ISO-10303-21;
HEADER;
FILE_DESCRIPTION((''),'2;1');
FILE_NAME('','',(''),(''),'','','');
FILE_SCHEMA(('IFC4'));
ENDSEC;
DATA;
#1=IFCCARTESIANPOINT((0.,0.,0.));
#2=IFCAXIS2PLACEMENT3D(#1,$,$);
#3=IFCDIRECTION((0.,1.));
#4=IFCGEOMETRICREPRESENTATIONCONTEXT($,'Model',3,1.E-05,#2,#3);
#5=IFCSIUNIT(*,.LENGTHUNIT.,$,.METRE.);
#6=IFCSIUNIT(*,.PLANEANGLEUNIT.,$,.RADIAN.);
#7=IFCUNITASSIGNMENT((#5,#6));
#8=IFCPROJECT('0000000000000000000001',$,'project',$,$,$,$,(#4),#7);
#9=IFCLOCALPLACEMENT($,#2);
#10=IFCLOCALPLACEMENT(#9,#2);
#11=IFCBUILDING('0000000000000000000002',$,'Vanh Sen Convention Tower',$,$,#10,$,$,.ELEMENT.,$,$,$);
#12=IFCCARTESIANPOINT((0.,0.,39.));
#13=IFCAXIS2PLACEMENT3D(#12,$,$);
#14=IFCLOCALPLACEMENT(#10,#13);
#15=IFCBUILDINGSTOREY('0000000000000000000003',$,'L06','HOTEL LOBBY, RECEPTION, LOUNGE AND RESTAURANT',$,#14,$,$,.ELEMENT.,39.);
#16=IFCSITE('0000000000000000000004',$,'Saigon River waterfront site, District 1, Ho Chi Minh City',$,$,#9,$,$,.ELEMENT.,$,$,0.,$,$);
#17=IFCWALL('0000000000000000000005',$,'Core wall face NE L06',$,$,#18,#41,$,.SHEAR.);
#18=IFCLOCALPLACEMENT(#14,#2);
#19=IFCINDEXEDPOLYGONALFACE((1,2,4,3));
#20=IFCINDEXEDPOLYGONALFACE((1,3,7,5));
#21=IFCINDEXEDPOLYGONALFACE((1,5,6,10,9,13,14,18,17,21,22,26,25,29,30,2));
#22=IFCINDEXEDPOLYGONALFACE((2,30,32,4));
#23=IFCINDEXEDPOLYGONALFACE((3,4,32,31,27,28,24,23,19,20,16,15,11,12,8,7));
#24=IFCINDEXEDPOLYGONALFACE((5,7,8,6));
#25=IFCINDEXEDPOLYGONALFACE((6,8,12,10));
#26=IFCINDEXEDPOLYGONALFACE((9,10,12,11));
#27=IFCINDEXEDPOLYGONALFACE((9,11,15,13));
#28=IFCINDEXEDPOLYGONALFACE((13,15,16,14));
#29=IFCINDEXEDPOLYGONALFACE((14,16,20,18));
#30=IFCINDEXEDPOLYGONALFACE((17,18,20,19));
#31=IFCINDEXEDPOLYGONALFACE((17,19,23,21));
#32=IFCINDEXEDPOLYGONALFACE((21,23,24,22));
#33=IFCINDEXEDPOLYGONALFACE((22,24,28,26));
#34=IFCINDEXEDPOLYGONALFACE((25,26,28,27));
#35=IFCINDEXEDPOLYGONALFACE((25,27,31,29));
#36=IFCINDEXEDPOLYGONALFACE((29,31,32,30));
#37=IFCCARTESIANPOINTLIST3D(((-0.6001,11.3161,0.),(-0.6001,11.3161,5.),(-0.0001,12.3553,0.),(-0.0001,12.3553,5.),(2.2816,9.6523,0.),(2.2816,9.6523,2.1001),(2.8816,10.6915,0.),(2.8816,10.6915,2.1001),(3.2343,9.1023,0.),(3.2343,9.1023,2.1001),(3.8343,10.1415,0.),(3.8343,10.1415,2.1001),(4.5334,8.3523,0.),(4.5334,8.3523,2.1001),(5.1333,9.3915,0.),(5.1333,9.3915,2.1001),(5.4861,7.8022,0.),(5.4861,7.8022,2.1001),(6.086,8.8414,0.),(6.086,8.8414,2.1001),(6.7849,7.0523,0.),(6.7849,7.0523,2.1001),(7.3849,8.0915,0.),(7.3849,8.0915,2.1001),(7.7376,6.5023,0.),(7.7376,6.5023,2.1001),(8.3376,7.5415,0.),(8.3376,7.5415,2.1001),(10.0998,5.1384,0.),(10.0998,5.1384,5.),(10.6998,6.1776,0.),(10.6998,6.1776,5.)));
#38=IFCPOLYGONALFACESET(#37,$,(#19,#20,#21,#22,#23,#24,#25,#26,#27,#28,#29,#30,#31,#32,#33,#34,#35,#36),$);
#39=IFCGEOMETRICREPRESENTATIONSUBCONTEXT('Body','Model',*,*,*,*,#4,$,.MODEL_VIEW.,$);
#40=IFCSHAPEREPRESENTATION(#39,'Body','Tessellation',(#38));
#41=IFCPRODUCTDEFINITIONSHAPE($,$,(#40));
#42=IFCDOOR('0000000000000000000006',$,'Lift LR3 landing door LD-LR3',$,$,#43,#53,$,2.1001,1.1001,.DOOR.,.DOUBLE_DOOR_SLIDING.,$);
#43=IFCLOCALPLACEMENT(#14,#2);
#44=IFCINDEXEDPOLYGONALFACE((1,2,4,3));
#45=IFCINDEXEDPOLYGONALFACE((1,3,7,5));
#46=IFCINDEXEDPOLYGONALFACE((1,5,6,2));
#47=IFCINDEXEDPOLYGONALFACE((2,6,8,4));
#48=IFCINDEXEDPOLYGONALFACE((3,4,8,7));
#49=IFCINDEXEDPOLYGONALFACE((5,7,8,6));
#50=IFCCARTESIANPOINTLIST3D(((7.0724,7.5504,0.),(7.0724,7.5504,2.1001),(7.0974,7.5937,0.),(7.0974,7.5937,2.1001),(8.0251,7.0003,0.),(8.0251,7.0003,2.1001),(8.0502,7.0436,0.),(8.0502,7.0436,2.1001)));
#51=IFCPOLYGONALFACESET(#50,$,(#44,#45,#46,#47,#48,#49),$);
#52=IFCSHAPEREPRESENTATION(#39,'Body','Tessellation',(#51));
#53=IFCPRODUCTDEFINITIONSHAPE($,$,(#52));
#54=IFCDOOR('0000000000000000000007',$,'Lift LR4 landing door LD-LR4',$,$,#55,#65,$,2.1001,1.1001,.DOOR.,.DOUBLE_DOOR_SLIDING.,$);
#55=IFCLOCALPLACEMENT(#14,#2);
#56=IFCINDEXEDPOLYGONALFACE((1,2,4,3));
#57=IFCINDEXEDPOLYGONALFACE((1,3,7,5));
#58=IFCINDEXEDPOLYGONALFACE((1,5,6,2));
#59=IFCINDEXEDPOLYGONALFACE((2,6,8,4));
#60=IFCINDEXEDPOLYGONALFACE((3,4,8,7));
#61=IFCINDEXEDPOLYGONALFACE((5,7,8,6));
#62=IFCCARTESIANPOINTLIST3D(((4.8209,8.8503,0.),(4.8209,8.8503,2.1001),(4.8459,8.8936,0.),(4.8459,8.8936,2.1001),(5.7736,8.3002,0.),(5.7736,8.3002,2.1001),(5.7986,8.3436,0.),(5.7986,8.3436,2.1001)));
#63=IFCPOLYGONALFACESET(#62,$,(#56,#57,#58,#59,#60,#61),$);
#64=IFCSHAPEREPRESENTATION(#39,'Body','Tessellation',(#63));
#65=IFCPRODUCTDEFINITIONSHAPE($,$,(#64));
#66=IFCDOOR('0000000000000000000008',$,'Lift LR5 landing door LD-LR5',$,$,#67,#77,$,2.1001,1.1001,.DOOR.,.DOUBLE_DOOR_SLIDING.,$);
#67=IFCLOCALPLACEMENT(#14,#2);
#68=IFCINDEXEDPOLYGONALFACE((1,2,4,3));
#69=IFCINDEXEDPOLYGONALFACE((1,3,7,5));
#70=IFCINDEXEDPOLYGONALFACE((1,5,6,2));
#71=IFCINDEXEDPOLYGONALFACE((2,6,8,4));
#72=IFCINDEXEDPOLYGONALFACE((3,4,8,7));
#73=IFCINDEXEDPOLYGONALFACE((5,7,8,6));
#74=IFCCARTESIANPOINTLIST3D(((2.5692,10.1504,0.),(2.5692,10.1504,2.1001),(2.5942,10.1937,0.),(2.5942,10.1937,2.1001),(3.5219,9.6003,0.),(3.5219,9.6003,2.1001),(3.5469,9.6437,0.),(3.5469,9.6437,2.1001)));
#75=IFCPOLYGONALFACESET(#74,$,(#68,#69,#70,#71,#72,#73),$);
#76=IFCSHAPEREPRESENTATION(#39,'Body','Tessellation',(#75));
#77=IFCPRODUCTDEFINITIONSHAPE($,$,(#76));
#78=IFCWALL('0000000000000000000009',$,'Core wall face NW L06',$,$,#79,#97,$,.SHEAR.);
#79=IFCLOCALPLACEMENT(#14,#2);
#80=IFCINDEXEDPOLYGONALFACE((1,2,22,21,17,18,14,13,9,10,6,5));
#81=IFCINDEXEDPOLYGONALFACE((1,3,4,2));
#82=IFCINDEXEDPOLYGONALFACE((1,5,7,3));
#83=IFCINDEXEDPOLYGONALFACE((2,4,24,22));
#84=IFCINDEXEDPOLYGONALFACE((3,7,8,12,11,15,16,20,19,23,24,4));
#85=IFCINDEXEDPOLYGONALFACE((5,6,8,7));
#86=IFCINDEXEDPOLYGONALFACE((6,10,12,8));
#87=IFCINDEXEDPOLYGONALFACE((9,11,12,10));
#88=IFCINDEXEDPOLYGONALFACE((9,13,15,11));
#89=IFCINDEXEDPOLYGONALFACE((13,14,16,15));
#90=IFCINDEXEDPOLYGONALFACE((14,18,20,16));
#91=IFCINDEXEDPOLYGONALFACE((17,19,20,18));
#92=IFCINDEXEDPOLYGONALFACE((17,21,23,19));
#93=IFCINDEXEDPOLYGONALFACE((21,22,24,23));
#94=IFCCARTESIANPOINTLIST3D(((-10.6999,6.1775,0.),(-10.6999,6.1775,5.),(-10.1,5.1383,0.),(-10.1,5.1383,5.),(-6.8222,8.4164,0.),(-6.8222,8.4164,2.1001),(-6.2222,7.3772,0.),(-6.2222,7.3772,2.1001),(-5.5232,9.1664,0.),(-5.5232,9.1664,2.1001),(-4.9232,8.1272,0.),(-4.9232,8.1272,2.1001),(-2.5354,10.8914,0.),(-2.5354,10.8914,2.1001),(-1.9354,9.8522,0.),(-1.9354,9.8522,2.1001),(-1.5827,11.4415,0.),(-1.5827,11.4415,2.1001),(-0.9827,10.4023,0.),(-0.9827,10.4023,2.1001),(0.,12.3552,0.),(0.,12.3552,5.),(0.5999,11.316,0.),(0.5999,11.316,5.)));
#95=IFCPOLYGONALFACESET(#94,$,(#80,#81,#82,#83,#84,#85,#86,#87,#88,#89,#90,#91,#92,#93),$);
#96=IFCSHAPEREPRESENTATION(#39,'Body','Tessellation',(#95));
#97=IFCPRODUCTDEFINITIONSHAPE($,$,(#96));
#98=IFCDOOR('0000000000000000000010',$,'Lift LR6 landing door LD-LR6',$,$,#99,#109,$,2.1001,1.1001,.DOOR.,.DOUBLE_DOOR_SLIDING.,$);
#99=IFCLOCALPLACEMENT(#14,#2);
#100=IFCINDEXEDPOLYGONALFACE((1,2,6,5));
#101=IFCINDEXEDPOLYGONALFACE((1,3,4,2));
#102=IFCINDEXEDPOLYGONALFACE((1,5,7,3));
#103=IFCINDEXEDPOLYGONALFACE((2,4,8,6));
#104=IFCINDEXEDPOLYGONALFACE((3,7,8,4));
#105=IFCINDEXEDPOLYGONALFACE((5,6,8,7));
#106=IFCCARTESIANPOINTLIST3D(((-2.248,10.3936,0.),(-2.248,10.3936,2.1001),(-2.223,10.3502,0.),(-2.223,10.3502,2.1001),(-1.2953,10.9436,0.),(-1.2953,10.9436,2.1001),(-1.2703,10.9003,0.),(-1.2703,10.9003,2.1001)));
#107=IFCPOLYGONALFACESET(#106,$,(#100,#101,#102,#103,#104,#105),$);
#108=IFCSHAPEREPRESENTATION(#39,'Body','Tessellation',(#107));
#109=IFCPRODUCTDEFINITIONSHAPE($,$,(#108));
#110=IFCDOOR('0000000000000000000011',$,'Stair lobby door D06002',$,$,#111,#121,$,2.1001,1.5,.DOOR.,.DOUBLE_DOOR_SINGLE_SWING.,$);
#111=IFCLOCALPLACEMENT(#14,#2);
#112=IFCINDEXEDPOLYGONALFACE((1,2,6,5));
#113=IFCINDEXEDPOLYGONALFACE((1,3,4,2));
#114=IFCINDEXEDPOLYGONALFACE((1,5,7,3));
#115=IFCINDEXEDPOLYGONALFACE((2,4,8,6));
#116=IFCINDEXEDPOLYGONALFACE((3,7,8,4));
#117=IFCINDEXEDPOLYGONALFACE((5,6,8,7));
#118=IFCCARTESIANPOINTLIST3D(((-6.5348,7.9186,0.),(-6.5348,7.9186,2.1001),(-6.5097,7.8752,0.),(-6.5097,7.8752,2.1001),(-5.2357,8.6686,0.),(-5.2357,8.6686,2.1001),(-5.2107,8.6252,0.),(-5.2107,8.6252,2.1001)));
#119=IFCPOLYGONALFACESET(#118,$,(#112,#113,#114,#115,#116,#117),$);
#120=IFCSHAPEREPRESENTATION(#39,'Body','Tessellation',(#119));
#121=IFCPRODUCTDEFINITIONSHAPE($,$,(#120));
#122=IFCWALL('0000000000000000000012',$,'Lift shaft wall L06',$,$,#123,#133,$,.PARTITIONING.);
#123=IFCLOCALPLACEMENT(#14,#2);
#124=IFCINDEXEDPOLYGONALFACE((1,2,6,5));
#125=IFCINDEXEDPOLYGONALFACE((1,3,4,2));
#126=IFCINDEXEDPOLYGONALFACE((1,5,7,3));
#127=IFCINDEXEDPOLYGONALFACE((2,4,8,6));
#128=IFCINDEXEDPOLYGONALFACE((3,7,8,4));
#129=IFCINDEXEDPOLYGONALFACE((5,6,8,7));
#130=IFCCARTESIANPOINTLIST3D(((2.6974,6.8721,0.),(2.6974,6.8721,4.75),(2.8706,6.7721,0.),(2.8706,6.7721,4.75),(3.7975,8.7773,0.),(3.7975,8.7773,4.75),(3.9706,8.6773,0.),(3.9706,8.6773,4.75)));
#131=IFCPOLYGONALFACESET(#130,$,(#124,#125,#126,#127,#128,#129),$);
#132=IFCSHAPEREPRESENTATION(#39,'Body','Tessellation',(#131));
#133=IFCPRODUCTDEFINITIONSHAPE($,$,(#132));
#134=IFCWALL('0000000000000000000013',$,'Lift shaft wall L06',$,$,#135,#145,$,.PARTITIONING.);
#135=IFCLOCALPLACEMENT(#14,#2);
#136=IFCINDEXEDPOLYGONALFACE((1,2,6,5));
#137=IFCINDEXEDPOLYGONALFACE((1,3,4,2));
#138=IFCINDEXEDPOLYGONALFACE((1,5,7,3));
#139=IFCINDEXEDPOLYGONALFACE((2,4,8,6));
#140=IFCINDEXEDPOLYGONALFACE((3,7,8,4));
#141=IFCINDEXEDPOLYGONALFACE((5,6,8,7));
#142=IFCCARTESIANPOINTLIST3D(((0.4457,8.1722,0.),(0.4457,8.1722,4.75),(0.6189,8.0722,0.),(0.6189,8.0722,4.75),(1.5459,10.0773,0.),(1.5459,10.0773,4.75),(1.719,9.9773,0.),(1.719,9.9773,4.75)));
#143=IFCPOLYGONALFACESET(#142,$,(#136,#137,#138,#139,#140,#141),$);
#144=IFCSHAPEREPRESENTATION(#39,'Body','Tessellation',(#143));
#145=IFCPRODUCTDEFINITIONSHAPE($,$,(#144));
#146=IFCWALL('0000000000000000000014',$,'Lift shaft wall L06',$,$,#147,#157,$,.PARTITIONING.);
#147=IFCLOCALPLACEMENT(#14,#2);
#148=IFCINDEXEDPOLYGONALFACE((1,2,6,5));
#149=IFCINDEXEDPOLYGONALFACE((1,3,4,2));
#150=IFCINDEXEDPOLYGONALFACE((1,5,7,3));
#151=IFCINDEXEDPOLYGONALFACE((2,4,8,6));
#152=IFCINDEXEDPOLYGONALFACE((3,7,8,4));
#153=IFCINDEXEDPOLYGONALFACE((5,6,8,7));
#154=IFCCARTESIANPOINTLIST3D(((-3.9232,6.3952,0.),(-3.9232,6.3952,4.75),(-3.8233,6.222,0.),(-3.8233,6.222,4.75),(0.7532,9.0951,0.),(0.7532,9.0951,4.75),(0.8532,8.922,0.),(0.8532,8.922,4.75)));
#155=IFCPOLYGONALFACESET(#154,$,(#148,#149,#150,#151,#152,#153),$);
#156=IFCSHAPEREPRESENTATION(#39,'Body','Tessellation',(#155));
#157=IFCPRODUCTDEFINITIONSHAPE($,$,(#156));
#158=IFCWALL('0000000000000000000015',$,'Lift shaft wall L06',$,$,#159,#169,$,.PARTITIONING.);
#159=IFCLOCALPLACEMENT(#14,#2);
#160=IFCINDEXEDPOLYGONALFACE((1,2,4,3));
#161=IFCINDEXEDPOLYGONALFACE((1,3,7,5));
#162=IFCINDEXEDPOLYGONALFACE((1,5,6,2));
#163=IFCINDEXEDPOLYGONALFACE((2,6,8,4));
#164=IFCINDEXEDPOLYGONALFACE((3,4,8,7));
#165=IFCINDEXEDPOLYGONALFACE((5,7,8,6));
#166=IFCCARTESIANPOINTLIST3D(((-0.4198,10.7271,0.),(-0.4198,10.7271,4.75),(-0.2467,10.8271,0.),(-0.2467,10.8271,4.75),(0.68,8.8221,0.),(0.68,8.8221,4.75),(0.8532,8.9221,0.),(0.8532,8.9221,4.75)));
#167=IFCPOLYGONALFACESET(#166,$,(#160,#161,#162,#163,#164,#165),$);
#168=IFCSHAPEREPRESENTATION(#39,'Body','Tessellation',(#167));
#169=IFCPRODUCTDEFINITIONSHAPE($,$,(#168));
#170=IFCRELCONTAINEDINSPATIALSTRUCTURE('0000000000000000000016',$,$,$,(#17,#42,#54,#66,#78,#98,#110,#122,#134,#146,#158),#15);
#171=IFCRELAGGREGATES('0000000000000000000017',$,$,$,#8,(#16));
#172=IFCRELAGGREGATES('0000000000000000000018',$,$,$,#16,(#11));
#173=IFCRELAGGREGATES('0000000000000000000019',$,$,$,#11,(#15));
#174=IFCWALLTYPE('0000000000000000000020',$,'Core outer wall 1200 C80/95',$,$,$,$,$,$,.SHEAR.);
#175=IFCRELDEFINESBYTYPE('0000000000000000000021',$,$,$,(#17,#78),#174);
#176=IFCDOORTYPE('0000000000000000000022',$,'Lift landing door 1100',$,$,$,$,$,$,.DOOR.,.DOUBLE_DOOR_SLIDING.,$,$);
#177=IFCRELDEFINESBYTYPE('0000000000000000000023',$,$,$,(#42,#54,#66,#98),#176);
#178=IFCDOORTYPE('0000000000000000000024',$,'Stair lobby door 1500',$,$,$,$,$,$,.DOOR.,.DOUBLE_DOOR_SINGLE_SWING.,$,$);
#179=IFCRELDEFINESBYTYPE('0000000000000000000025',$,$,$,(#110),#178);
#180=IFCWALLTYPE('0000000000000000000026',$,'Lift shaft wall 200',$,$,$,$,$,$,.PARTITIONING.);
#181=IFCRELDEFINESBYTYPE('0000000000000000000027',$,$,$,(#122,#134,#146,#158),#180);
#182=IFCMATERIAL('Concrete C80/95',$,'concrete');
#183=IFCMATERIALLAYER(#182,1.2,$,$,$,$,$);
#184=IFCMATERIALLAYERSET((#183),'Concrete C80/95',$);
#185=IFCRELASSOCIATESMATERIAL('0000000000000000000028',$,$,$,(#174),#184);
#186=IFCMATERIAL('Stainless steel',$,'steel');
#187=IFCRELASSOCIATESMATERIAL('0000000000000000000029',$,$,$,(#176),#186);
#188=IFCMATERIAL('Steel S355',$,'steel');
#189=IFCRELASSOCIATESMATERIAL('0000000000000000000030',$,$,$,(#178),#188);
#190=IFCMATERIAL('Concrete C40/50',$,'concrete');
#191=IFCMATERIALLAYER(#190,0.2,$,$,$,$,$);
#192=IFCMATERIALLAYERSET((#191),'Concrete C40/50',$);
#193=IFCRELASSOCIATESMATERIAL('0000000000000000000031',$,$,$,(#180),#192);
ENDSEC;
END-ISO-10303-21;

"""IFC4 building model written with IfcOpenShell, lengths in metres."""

from ifc_helpers import new_model, si_unit, direction, frame, frame_2d, origin, place, context, subcontext, project, spatial, rectangle, extrude, material, layer, layer_set, type_object, element, fill, save


model = new_model("IFC4")

# Units and contexts
model_context = context("Model", 3, precision=1e-05, world=origin(), true_north=direction((0.0, 1.0)))
body_context = subcontext(model_context, "Body", "Model", "MODEL_VIEW")
ifc_project = project(units=[si_unit("LENGTHUNIT", "METRE"), si_unit("PLANEANGLEUNIT", "RADIAN")], contexts=[model_context])

# Site, building, storey
site_placement = place(None, origin())
site = spatial("IfcSite", under=ifc_project, at=site_placement, Name="Saigon River waterfront site, District 1, Ho Chi Minh City", CompositionType="ELEMENT", RefElevation=0.0)
building_placement = place(site_placement, origin())
building = spatial("IfcBuilding", under=site, at=building_placement, Name="Vanh Sen Convention Tower", CompositionType="ELEMENT")
storey_placement = place(building_placement, frame((0.0, 0.0, 39.0)))
storey = spatial("IfcBuildingStorey", under=building, at=storey_placement, Name="L06", Description="HOTEL LOBBY, RECEPTION, LOUNGE AND RESTAURANT", CompositionType="ELEMENT", Elevation=39.0)

# Walls, openings, doors
ifc_material_1 = material(Name="Concrete C80/95", Category="concrete")
ifc_layer_1 = layer(ifc_material_1, 1.2)
ifc_layer_set_1 = layer_set([ifc_layer_1], Name="Concrete C80/95")
wall_type_1 = type_object("IfcWallType", Name="Core outer wall 1200 C80/95", PredefinedType="SHEAR", material=ifc_layer_set_1)
wall_1_placement = place(storey_placement, frame((10.3999, 5.658, 0.0), z_axis=(0.0, 0.0, 1.0), x_axis=(-0.866021, 0.500007, 0.0)))
wall_1 = element("IfcWall", 1, at=wall_1_placement, inside=storey, type_object=wall_type_1, Name="Core wall face NE L06", PredefinedType="SHEAR", context=body_context, shape_type="SweptSolid", body=[
    extrude(rectangle(XDim=12.3552, YDim=1.2, at=frame_2d((6.1777, 0.0))), origin(), (0.0, 0.0, 1.0), 5.0),
])
opening_1_placement = place(wall_1_placement, frame((2.7278, 0.0, 0.0)))
opening_1 = element("IfcOpeningElement", 2, at=opening_1_placement, cuts=wall_1, PredefinedType="OPENING", context=body_context, shape_type="SweptSolid", body=[
    extrude(rectangle(XDim=1.1001, YDim=2.1001, at=frame_2d((0.55, 1.05))), frame((0.0, 0.6099, 0.0), z_axis=(0.0, -1.0, 0.0), x_axis=(1.0, 0.0, 0.0)), (0.0, 0.0, 1.0), 1.22),
])
opening_2_placement = place(wall_1_placement, frame((5.3276, 0.0, 0.0)))
opening_2 = element("IfcOpeningElement", 3, at=opening_2_placement, cuts=wall_1, PredefinedType="OPENING", context=body_context, shape_type="SweptSolid", body=[
    extrude(rectangle(XDim=1.1001, YDim=2.1001, at=frame_2d((0.55, 1.05))), frame((0.0, 0.6099, 0.0), z_axis=(0.0, -1.0, 0.0), x_axis=(1.0, 0.0, 0.0)), (0.0, 0.0, 1.0), 1.22),
])
opening_3_placement = place(wall_1_placement, frame((7.9277, 0.0, 0.0)))
opening_3 = element("IfcOpeningElement", 4, at=opening_3_placement, cuts=wall_1, PredefinedType="OPENING", context=body_context, shape_type="SweptSolid", body=[
    extrude(rectangle(XDim=1.1001, YDim=2.1001, at=frame_2d((0.55, 1.05))), frame((0.0, 0.6099, 0.0), z_axis=(0.0, -1.0, 0.0), x_axis=(1.0, 0.0, 0.0)), (0.0, 0.0, 1.0), 1.22),
])
ifc_material_2 = material(Name="Stainless steel", Category="steel")
door_type_1 = type_object("IfcDoorType", Name="Lift landing door 1100", OperationType="DOUBLE_DOOR_SLIDING", PredefinedType="DOOR", material=ifc_material_2)
door_1_placement = place(opening_1_placement, origin())
door_1 = element("IfcDoor", 5, at=door_1_placement, inside=storey, type_object=door_type_1, Name="Lift LR3 landing door LD-LR3", OperationType="DOUBLE_DOOR_SLIDING", OverallHeight=2.1001, OverallWidth=1.1001, PredefinedType="DOOR", context=body_context, shape_type="SweptSolid", body=[
    extrude(rectangle(XDim=1.1001, YDim=2.1001, at=frame_2d((0.55, 1.05))), frame((0.0, 0.0249, 0.0), z_axis=(0.0, -1.0, 0.0), x_axis=(1.0, 0.0, 0.0)), (0.0, 0.0, 1.0), 0.05),
])
fill(opening_1, door_1)
door_2_placement = place(opening_2_placement, origin())
door_2 = element("IfcDoor", 6, at=door_2_placement, inside=storey, type_object=door_type_1, Name="Lift LR4 landing door LD-LR4", OperationType="DOUBLE_DOOR_SLIDING", OverallHeight=2.1001, OverallWidth=1.1001, PredefinedType="DOOR", context=body_context, shape_type="SweptSolid", body=[
    extrude(rectangle(XDim=1.1001, YDim=2.1001, at=frame_2d((0.55, 1.05))), frame((0.0, 0.0249, 0.0), z_axis=(0.0, -1.0, 0.0), x_axis=(1.0, 0.0, 0.0)), (0.0, 0.0, 1.0), 0.05),
])
fill(opening_2, door_2)
door_3_placement = place(opening_3_placement, origin())
door_3 = element("IfcDoor", 7, at=door_3_placement, inside=storey, type_object=door_type_1, Name="Lift LR5 landing door LD-LR5", OperationType="DOUBLE_DOOR_SLIDING", OverallHeight=2.1001, OverallWidth=1.1001, PredefinedType="DOOR", context=body_context, shape_type="SweptSolid", body=[
    extrude(rectangle(XDim=1.1001, YDim=2.1001, at=frame_2d((0.55, 1.05))), frame((0.0, 0.0249, 0.0), z_axis=(0.0, -1.0, 0.0), x_axis=(1.0, 0.0, 0.0)), (0.0, 0.0, 1.0), 0.05),
])
fill(opening_3, door_3)
wall_2_placement = place(storey_placement, frame((0.3, 11.8357, 0.0), z_axis=(0.0, 0.0, 1.0), x_axis=(-0.866021, -0.500007, 0.0)))
wall_2 = element("IfcWall", 8, at=wall_2_placement, inside=storey, type_object=wall_type_1, Name="Core wall face NW L06", PredefinedType="SHEAR", context=body_context, shape_type="SweptSolid", body=[
    extrude(rectangle(XDim=12.3552, YDim=1.2, at=frame_2d((6.1777, 0.0))), origin(), (0.0, 0.0, 1.0), 5.0),
])
opening_4_placement = place(wall_2_placement, frame((6.3777, 0.0, 0.0)))
opening_4 = element("IfcOpeningElement", 9, at=opening_4_placement, cuts=wall_2, PredefinedType="OPENING", context=body_context, shape_type="SweptSolid", body=[
    extrude(rectangle(XDim=1.5, YDim=2.1001, at=frame_2d((0.75, 1.05))), frame((0.0, 0.6099, 0.0), z_axis=(0.0, -1.0, 0.0), x_axis=(1.0, 0.0, 0.0)), (0.0, 0.0, 1.0), 1.22),
])
opening_5_placement = place(wall_2_placement, frame((1.8276, 0.0, 0.0)))
opening_5 = element("IfcOpeningElement", 10, at=opening_5_placement, cuts=wall_2, PredefinedType="OPENING", context=body_context, shape_type="SweptSolid", body=[
    extrude(rectangle(XDim=1.1001, YDim=2.1001, at=frame_2d((0.55, 1.05))), frame((0.0, 0.6099, 0.0), z_axis=(0.0, -1.0, 0.0), x_axis=(1.0, 0.0, 0.0)), (0.0, 0.0, 1.0), 1.22),
])
door_4_placement = place(opening_5_placement, origin())
door_4 = element("IfcDoor", 11, at=door_4_placement, inside=storey, type_object=door_type_1, Name="Lift LR6 landing door LD-LR6", OperationType="DOUBLE_DOOR_SLIDING", OverallHeight=2.1001, OverallWidth=1.1001, PredefinedType="DOOR", context=body_context, shape_type="SweptSolid", body=[
    extrude(rectangle(XDim=1.1001, YDim=2.1001, at=frame_2d((0.55, 1.05))), frame((0.0, 0.0249, 0.0), z_axis=(0.0, -1.0, 0.0), x_axis=(1.0, 0.0, 0.0)), (0.0, 0.0, 1.0), 0.05),
])
fill(opening_5, door_4)
ifc_material_3 = material(Name="Steel S355", Category="steel")
door_type_2 = type_object("IfcDoorType", Name="Stair lobby door 1500", OperationType="DOUBLE_DOOR_SINGLE_SWING", PredefinedType="DOOR", material=ifc_material_3)
door_5_placement = place(opening_4_placement, origin())
door_5 = element("IfcDoor", 12, at=door_5_placement, inside=storey, type_object=door_type_2, Name="Stair lobby door D06002", OperationType="DOUBLE_DOOR_SINGLE_SWING", OverallHeight=2.1001, OverallWidth=1.5, PredefinedType="DOOR", context=body_context, shape_type="SweptSolid", body=[
    extrude(rectangle(XDim=1.5, YDim=2.1001, at=frame_2d((0.75, 1.05))), frame((0.0, 0.0249, 0.0), z_axis=(0.0, -1.0, 0.0), x_axis=(1.0, 0.0, 0.0)), (0.0, 0.0, 1.0), 0.05),
])
fill(opening_4, door_5)

# Walls
ifc_material_4 = material(Name="Concrete C40/50", Category="concrete")
ifc_layer_2 = layer(ifc_material_4, 0.2)
ifc_layer_set_2 = layer_set([ifc_layer_2], Name="Concrete C40/50")
wall_type_2 = type_object("IfcWallType", Name="Lift shaft wall 200", PredefinedType="PARTITIONING", material=ifc_layer_set_2)
for number, where, z_axis, x_axis, name in (
    (13, (2.7839, 6.822, 0.0), (0.0, 0.0, 1.0), (0.50003, 0.866008, 0.0), "Lift shaft wall L06"),
    (14, (0.5322, 8.1221, 0.0), (0.0, 0.0, 1.0), (0.500078, 0.86598, 0.0), "Lift shaft wall L06"),
):
    element("IfcWall", number, at=place(storey_placement, frame(where, z_axis=z_axis, x_axis=x_axis)), inside=storey, type_object=wall_type_2, Name=name, PredefinedType="PARTITIONING", context=body_context, shape_type="SweptSolid", body=[
        extrude(rectangle(XDim=2.2, YDim=0.2, at=frame_2d((1.1001, 0.0))), origin(), (0.0, 0.0, 1.0), 4.75),
    ])
wall_3_placement = place(storey_placement, frame((0.8032, 9.0085, 0.0), z_axis=(0.0, 0.0, 1.0), x_axis=(-0.866028, -0.499995, 0.0)))
element("IfcWall", 15, at=wall_3_placement, inside=storey, type_object=wall_type_2, Name="Lift shaft wall L06", PredefinedType="PARTITIONING", context=body_context, shape_type="SweptSolid", body=[
    extrude(rectangle(XDim=5.3999, YDim=0.2, at=frame_2d((2.7, 0.0))), origin(), (0.0, 0.0, 1.0), 4.75),
])
wall_4_placement = place(storey_placement, frame((0.7666, 8.8721, 0.0), z_axis=(0.0, 0.0, 1.0), x_axis=(-0.499995, 0.866028, 0.0)))
element("IfcWall", 16, at=wall_4_placement, inside=storey, type_object=wall_type_2, Name="Lift shaft wall L06", PredefinedType="PARTITIONING", context=body_context, shape_type="SweptSolid", body=[
    extrude(rectangle(XDim=2.1997, YDim=0.2, at=frame_2d((1.0999, 0.0))), origin(), (0.0, 0.0, 1.0), 4.75),
])

save(model, "model.ifc")
